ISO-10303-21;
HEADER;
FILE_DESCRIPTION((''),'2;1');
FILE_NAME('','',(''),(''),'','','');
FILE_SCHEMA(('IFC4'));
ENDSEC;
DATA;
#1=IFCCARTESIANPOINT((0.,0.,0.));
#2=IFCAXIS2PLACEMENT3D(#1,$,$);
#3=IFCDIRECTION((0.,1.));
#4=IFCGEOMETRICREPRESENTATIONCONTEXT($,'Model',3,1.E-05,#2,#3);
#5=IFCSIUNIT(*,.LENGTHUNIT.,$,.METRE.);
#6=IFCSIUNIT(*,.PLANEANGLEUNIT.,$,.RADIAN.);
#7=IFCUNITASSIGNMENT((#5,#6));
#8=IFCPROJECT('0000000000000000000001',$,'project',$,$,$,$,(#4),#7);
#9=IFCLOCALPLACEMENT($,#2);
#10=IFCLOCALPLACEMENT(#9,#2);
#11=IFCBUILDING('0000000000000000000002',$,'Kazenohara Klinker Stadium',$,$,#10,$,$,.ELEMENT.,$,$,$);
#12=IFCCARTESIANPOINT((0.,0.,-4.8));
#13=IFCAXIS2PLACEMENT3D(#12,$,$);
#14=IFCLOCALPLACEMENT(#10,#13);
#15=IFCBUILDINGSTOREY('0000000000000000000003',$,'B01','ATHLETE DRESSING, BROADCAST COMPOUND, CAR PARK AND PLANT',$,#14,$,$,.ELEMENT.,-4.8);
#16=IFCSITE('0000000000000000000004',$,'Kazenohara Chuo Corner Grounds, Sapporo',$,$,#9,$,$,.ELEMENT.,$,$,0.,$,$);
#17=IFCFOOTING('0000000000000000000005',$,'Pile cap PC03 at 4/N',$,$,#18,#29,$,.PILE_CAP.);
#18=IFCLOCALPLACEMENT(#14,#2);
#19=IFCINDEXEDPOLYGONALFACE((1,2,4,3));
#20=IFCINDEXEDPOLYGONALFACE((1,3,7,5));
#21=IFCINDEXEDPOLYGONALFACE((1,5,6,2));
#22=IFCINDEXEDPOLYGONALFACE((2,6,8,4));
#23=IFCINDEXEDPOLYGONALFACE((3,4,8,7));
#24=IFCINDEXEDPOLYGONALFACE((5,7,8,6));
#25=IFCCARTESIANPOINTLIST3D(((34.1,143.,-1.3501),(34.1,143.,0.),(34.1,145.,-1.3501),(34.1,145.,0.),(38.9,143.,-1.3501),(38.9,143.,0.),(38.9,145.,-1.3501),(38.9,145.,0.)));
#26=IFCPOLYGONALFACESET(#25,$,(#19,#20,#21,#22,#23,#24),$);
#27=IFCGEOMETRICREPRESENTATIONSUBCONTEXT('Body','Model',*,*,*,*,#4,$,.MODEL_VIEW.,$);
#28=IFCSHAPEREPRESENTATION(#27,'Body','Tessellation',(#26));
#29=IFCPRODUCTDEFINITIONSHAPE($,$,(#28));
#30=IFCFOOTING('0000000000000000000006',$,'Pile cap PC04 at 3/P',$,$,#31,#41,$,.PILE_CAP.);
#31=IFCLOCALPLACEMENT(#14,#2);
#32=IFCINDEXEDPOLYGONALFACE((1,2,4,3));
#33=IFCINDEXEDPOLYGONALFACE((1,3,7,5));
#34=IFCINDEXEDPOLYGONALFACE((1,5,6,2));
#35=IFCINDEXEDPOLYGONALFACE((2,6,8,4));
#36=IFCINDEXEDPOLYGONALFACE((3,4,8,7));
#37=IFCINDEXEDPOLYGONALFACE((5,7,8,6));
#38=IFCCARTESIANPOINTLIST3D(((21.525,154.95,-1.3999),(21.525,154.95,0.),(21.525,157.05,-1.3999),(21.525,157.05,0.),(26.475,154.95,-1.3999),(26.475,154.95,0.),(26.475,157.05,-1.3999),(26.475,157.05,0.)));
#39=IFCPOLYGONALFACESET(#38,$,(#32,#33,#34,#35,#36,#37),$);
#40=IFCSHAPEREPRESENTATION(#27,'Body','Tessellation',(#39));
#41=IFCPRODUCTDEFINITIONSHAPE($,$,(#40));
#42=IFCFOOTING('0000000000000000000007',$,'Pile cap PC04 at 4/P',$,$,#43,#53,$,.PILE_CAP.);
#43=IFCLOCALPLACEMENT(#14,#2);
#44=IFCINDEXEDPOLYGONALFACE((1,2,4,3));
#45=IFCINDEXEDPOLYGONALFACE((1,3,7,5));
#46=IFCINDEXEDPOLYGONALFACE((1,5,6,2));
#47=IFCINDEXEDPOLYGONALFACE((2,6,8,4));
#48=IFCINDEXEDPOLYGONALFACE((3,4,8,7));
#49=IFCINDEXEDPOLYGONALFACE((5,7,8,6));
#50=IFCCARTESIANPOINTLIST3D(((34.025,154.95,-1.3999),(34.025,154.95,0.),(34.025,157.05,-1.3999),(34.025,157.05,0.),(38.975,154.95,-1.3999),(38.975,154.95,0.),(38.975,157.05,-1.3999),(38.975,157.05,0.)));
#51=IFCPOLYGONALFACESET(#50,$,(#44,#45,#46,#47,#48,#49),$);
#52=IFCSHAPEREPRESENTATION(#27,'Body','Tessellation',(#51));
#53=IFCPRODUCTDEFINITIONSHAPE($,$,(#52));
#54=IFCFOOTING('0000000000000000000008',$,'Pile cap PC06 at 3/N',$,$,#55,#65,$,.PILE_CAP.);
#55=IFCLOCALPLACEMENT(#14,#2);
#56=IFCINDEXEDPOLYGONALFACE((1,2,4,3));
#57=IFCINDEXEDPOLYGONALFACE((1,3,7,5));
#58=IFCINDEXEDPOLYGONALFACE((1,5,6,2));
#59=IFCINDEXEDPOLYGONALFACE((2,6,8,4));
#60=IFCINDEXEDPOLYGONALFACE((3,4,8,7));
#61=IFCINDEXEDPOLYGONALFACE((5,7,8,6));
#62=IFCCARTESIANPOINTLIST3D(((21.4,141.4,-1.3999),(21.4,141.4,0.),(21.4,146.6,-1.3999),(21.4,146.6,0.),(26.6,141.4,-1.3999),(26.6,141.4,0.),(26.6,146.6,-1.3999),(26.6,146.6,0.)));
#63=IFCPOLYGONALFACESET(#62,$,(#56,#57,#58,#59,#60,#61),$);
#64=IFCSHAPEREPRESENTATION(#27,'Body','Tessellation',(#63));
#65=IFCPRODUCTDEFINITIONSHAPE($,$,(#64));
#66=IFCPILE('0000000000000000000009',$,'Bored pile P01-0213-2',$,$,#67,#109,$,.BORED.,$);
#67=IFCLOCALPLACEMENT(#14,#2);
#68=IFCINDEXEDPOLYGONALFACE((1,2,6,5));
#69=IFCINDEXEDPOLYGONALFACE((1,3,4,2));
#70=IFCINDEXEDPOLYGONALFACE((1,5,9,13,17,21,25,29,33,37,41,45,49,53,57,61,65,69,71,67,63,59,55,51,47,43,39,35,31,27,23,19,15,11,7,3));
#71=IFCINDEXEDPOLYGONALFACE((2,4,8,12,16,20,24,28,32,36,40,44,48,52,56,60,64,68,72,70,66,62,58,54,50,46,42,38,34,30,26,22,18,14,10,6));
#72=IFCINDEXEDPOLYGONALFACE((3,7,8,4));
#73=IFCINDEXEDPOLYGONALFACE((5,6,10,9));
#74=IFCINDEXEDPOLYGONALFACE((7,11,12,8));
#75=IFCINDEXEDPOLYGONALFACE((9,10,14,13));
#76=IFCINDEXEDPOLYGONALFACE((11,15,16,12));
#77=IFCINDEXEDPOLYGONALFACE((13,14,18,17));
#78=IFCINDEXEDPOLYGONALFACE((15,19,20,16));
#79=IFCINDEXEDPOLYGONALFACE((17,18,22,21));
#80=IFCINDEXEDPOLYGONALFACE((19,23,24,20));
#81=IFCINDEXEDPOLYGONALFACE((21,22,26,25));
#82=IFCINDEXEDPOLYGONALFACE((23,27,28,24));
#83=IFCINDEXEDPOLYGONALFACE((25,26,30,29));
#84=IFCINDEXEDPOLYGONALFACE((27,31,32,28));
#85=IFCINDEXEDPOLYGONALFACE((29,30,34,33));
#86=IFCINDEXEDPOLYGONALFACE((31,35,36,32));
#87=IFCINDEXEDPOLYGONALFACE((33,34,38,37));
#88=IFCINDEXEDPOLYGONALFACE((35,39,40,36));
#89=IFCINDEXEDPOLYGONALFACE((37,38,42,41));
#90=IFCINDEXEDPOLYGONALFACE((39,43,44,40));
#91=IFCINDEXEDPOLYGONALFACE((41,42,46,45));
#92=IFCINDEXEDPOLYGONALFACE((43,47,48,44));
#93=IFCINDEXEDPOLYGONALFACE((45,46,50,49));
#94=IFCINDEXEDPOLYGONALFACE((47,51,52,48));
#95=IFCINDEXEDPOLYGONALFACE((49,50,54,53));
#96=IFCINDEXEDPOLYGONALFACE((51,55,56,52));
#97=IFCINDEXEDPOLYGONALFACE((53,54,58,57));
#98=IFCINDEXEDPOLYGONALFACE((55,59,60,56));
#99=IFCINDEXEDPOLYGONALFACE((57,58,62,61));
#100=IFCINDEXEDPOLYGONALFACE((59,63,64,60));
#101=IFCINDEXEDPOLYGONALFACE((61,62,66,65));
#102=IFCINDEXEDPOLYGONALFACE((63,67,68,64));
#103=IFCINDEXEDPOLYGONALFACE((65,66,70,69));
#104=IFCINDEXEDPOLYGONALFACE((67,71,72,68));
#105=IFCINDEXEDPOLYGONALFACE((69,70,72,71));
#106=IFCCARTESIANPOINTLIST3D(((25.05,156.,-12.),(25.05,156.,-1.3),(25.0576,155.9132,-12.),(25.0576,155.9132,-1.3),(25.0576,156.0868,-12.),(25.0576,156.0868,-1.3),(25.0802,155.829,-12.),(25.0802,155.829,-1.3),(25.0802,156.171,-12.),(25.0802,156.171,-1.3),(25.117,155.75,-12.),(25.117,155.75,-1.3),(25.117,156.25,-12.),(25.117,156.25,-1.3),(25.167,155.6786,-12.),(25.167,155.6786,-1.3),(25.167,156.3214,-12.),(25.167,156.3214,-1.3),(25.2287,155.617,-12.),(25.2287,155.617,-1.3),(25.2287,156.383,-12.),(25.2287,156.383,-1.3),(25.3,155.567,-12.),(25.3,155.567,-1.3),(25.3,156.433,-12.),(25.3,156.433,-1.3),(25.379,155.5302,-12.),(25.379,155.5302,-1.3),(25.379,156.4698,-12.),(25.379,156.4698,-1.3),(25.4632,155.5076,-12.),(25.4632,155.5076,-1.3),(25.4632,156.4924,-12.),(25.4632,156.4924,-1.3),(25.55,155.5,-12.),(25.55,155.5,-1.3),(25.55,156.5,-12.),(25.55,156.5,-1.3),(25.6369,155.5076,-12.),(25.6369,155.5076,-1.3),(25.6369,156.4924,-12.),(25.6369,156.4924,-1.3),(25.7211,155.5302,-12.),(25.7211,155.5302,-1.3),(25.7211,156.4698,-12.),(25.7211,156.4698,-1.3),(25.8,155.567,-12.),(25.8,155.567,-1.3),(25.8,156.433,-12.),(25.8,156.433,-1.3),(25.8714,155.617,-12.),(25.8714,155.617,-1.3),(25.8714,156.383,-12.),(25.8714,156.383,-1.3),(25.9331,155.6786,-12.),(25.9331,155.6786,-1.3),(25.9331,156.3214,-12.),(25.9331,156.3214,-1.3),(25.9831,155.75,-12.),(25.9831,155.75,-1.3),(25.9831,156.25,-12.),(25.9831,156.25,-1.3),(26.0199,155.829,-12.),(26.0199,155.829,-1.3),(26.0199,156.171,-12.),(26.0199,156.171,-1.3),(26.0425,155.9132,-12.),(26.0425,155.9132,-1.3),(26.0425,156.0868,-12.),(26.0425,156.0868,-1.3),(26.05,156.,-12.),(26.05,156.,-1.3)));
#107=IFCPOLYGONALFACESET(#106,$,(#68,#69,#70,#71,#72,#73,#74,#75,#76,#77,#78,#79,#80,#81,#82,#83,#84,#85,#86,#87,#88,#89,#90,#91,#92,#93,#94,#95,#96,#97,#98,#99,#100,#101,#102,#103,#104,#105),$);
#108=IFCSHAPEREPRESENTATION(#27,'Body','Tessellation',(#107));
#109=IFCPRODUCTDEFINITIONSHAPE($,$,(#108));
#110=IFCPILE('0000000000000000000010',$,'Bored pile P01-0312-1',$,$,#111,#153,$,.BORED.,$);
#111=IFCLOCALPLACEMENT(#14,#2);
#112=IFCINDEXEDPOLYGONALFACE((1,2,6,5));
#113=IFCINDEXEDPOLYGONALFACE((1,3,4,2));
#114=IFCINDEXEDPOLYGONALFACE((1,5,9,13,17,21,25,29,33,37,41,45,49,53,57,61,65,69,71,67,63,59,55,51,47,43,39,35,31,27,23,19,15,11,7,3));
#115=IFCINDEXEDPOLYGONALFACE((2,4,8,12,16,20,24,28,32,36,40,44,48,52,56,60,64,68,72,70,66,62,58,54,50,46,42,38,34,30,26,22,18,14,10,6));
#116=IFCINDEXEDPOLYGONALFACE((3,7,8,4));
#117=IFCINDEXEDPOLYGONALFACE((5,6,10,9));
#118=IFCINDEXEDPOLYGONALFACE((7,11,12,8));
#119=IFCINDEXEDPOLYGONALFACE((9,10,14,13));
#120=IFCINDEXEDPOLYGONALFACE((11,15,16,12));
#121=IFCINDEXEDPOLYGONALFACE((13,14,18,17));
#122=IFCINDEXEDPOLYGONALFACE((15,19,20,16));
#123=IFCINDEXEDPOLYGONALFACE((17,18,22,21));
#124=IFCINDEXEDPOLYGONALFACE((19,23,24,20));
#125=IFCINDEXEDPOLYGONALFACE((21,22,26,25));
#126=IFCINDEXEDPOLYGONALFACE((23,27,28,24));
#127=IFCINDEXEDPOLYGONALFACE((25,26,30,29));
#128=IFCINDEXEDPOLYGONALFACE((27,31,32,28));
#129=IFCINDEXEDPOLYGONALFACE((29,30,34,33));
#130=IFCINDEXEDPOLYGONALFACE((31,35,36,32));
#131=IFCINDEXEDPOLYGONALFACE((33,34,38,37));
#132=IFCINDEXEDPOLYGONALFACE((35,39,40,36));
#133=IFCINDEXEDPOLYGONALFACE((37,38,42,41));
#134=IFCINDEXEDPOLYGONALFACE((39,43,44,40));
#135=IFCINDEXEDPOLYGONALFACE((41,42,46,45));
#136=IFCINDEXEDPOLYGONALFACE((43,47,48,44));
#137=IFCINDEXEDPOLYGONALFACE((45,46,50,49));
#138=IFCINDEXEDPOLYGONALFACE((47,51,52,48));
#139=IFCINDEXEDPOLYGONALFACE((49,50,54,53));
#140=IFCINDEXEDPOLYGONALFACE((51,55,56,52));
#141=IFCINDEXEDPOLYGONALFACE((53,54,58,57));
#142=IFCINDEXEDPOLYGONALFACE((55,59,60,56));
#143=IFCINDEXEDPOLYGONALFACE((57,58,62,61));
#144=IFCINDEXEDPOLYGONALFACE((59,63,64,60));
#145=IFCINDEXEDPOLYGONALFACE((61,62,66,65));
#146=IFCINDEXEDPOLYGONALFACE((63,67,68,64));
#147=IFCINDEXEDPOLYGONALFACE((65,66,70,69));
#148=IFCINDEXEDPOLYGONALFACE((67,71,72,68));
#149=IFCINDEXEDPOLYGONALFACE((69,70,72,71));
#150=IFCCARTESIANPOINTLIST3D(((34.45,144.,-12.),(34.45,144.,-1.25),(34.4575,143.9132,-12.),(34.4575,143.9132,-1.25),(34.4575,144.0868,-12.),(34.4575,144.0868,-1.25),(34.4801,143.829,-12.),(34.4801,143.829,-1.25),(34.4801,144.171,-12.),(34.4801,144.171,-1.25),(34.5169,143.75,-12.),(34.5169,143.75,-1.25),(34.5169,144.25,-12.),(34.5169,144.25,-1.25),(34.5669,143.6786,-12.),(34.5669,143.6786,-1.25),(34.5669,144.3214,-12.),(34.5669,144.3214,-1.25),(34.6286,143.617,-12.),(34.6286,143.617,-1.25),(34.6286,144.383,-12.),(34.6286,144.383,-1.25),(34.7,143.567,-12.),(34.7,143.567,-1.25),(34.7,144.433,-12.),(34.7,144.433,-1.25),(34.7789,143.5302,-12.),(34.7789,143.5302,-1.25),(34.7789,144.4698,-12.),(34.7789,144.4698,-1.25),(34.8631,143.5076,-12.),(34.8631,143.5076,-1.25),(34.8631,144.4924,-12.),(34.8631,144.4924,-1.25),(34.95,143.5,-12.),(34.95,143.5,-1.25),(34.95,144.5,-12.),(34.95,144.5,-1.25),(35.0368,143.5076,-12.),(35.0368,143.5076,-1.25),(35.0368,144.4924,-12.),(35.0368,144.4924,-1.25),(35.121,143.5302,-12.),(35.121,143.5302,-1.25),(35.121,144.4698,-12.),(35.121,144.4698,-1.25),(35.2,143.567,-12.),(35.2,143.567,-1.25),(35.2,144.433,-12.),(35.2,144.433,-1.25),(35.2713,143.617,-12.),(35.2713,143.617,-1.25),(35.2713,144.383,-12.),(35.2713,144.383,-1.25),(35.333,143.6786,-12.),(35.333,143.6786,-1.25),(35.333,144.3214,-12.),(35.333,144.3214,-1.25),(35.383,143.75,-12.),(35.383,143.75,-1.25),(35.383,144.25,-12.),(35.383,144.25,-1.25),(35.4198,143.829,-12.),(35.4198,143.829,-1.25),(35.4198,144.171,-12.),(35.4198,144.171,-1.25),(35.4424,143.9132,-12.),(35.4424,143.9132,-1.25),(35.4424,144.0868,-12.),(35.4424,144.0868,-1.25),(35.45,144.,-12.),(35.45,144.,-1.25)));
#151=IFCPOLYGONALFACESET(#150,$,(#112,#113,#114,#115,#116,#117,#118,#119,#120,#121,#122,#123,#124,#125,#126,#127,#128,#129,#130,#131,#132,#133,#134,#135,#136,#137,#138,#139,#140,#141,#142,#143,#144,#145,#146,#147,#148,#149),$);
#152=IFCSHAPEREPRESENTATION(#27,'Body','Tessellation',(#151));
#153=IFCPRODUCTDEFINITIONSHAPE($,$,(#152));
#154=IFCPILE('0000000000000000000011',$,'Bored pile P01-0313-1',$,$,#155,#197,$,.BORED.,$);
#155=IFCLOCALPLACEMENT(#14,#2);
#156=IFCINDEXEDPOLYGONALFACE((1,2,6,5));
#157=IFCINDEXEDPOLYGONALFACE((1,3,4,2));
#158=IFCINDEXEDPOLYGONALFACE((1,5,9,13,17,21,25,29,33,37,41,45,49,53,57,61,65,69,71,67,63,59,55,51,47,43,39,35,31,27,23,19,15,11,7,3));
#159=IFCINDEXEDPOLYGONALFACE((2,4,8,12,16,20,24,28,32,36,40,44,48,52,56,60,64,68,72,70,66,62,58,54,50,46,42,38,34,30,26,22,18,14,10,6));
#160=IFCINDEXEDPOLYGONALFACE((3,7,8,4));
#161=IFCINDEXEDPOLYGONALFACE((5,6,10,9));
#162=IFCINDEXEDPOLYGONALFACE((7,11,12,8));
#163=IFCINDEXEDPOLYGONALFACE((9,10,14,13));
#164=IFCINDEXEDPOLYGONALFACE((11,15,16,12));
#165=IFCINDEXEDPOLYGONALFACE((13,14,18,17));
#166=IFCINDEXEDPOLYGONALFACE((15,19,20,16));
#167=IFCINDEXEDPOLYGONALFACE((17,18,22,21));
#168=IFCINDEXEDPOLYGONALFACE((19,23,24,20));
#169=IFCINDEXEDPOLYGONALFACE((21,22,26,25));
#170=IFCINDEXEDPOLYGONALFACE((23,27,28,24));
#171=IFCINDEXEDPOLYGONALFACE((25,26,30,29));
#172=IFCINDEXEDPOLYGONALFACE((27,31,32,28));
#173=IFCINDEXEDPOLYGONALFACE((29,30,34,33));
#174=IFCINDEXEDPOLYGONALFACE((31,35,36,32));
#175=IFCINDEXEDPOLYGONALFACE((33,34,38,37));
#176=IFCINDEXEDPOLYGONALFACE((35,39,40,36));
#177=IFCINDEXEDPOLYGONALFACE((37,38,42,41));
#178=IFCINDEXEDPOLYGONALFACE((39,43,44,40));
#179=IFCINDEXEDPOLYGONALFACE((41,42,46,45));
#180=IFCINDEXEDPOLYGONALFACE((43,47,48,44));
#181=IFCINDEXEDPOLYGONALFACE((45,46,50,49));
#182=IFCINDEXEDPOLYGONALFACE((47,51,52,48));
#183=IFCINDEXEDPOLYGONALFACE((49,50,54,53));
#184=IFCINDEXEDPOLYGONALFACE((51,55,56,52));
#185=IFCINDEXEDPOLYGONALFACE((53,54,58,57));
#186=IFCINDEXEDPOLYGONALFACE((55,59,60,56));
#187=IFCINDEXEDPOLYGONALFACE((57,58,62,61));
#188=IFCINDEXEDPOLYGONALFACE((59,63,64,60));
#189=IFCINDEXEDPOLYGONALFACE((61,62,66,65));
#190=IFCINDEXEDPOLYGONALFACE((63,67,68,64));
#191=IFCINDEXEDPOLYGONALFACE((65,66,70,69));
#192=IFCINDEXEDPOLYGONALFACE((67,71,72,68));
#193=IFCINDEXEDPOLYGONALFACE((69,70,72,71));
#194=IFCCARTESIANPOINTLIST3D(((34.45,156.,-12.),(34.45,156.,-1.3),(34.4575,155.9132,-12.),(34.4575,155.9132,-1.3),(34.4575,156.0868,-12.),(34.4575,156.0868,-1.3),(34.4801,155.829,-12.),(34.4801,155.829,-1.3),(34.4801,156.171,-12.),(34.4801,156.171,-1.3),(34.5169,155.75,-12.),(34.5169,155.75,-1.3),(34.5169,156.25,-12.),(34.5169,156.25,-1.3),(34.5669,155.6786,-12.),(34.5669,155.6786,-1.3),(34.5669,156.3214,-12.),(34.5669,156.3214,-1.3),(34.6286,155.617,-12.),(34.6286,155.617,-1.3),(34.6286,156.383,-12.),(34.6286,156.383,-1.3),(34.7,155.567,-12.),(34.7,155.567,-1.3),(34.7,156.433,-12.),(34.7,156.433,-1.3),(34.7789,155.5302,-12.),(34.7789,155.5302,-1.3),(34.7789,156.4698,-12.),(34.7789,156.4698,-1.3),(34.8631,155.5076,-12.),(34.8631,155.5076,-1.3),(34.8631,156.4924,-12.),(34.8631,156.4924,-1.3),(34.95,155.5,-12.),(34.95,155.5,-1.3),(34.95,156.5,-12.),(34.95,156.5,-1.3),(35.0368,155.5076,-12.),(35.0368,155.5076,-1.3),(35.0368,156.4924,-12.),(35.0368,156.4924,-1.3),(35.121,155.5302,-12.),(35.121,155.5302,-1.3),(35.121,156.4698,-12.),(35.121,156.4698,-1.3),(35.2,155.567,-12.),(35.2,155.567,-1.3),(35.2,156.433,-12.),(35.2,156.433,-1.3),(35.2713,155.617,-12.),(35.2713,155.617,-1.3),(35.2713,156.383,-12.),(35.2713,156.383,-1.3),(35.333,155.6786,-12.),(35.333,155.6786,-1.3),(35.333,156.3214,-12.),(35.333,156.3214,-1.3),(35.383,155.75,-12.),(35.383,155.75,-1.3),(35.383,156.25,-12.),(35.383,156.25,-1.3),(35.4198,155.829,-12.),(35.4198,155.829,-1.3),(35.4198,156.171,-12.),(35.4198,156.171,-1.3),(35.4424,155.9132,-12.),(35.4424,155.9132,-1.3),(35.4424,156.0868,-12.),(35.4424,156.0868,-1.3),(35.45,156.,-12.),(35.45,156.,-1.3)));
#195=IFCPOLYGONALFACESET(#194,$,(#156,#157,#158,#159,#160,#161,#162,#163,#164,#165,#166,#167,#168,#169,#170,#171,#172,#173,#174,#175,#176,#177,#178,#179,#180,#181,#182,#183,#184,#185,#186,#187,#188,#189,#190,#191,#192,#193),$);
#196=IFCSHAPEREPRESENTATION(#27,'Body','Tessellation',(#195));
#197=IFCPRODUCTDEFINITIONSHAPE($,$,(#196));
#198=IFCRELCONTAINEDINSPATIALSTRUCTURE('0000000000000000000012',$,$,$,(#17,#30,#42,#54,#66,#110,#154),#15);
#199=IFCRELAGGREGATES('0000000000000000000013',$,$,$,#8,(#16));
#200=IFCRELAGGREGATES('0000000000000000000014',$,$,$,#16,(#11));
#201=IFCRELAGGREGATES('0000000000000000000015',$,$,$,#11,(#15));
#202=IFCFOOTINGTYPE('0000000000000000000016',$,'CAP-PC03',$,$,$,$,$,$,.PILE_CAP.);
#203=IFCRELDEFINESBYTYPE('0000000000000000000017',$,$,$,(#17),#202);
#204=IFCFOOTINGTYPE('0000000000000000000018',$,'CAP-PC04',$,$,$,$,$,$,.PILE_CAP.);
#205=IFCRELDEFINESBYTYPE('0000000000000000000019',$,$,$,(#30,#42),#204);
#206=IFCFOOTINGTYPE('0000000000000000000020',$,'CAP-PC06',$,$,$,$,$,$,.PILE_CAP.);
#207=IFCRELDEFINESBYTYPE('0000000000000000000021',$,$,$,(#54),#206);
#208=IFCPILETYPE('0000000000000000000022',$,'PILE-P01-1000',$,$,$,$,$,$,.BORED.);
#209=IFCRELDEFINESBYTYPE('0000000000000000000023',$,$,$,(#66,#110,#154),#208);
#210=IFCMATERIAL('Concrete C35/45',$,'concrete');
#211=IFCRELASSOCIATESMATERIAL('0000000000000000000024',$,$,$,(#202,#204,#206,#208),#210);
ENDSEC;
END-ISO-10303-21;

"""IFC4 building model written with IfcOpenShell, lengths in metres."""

from ifc_helpers import new_model, si_unit, direction, frame, origin, origin_2d, place, context, subcontext, project, spatial, rectangle, circle, extrude, material, material_profile, profile_set, type_object, element, save


model = new_model("IFC4")

# Units and contexts
model_context = context("Model", 3, precision=1e-05, world=origin(), true_north=direction((0.0, 1.0)))
body_context = subcontext(model_context, "Body", "Model", "MODEL_VIEW")
ifc_project = project(units=[si_unit("LENGTHUNIT", "METRE"), si_unit("PLANEANGLEUNIT", "RADIAN")], contexts=[model_context])

# Site, building, storey
site_placement = place(None, origin())
site = spatial("IfcSite", under=ifc_project, at=site_placement, Name="Kazenohara Chuo Corner Grounds, Sapporo", CompositionType="ELEMENT", RefElevation=0.0)
building_placement = place(site_placement, origin())
building = spatial("IfcBuilding", under=site, at=building_placement, Name="Kazenohara Klinker Stadium", CompositionType="ELEMENT")
storey_placement = place(building_placement, frame((0.0, 0.0, -4.8)))
storey = spatial("IfcBuildingStorey", under=building, at=storey_placement, Name="B01", Description="ATHLETE DRESSING, BROADCAST COMPOUND, CAR PARK AND PLANT", CompositionType="ELEMENT", Elevation=-4.8)

# Footings
ifc_material_1 = material(Name="Concrete C35/45", Category="concrete")
footing_type_1 = type_object("IfcFootingType", Name="CAP-PC03", PredefinedType="PILE_CAP", material=ifc_material_1)
footing_1_placement = place(storey_placement, frame((36.5, 144.0, -1.3501), z_axis=(0.0, 0.0, 1.0), x_axis=(1.0, 0.0, 0.0)))
element("IfcFooting", 1, at=footing_1_placement, inside=storey, type_object=footing_type_1, Name="Pile cap PC03 at 4/N", PredefinedType="PILE_CAP", context=body_context, shape_type="SweptSolid", body=[
    extrude(rectangle(XDim=4.8, YDim=2.0, at=origin_2d()), origin(), (0.0, 0.0, 1.0), 1.3501),
])
footing_type_2 = type_object("IfcFootingType", Name="CAP-PC04", PredefinedType="PILE_CAP", material=ifc_material_1)
for number, where, z_axis, x_axis, name in (
    (2, (24.0, 156.0, -1.3999), (0.0, 0.0, 1.0), (1.0, 0.0, 0.0), "Pile cap PC04 at 3/P"),
    (3, (36.5, 156.0, -1.3999), (0.0, 0.0, 1.0), (1.0, 0.0, 0.0), "Pile cap PC04 at 4/P"),
):
    element("IfcFooting", number, at=place(storey_placement, frame(where, z_axis=z_axis, x_axis=x_axis)), inside=storey, type_object=footing_type_2, Name=name, PredefinedType="PILE_CAP", context=body_context, shape_type="SweptSolid", body=[
        extrude(rectangle(XDim=4.95, YDim=2.1001, at=origin_2d()), origin(), (0.0, 0.0, 1.0), 1.3999),
    ])
footing_type_3 = type_object("IfcFootingType", Name="CAP-PC06", PredefinedType="PILE_CAP", material=ifc_material_1)
footing_2_placement = place(storey_placement, frame((24.0, 144.0, -1.3999), z_axis=(0.0, 0.0, 1.0), x_axis=(1.0, 0.0, 0.0)))
element("IfcFooting", 4, at=footing_2_placement, inside=storey, type_object=footing_type_3, Name="Pile cap PC06 at 3/N", PredefinedType="PILE_CAP", context=body_context, shape_type="SweptSolid", body=[
    extrude(rectangle(XDim=5.2, YDim=5.2, at=origin_2d()), origin(), (0.0, 0.0, 1.0), 1.3999),
])

# Piles
ifc_material_profile_1 = material_profile(ifc_material_1, circle(Radius=0.5, at=origin_2d()), Name="BORED-PILE-1000")
ifc_profile_set_1 = profile_set([ifc_material_profile_1], Name="Concrete C35/45")
pile_type_1 = type_object("IfcPileType", Name="PILE-P01-1000", PredefinedType="BORED", material=ifc_profile_set_1)
pile_1_placement = place(storey_placement, frame((25.55, 156.0, -1.3), z_axis=(0.0, 0.0, -1.0), x_axis=(1.0, 0.0, 0.0)))
element("IfcPile", 5, at=pile_1_placement, inside=storey, type_object=pile_type_1, Name="Bored pile P01-0213-2", PredefinedType="BORED", context=body_context, shape_type="SweptSolid", body=[
    extrude(circle(Radius=0.5, at=origin_2d()), origin(), (0.0, 0.0, 1.0), 10.7),
])
pile_2_placement = place(storey_placement, frame((34.95, 144.0, -1.25), z_axis=(0.0, 0.0, -1.0), x_axis=(1.0, 0.0, 0.0)))
element("IfcPile", 6, at=pile_2_placement, inside=storey, type_object=pile_type_1, Name="Bored pile P01-0312-1", PredefinedType="BORED", context=body_context, shape_type="SweptSolid", body=[
    extrude(circle(Radius=0.5, at=origin_2d()), origin(), (0.0, 0.0, 1.0), 10.75),
])
pile_3_placement = place(storey_placement, frame((34.95, 156.0, -1.3), z_axis=(0.0, 0.0, -1.0), x_axis=(1.0, 0.0, 0.0)))
element("IfcPile", 7, at=pile_3_placement, inside=storey, type_object=pile_type_1, Name="Bored pile P01-0313-1", PredefinedType="BORED", context=body_context, shape_type="SweptSolid", body=[
    extrude(circle(Radius=0.5, at=origin_2d()), origin(), (0.0, 0.0, 1.0), 10.7),
])

save(model, "model.ifc")
